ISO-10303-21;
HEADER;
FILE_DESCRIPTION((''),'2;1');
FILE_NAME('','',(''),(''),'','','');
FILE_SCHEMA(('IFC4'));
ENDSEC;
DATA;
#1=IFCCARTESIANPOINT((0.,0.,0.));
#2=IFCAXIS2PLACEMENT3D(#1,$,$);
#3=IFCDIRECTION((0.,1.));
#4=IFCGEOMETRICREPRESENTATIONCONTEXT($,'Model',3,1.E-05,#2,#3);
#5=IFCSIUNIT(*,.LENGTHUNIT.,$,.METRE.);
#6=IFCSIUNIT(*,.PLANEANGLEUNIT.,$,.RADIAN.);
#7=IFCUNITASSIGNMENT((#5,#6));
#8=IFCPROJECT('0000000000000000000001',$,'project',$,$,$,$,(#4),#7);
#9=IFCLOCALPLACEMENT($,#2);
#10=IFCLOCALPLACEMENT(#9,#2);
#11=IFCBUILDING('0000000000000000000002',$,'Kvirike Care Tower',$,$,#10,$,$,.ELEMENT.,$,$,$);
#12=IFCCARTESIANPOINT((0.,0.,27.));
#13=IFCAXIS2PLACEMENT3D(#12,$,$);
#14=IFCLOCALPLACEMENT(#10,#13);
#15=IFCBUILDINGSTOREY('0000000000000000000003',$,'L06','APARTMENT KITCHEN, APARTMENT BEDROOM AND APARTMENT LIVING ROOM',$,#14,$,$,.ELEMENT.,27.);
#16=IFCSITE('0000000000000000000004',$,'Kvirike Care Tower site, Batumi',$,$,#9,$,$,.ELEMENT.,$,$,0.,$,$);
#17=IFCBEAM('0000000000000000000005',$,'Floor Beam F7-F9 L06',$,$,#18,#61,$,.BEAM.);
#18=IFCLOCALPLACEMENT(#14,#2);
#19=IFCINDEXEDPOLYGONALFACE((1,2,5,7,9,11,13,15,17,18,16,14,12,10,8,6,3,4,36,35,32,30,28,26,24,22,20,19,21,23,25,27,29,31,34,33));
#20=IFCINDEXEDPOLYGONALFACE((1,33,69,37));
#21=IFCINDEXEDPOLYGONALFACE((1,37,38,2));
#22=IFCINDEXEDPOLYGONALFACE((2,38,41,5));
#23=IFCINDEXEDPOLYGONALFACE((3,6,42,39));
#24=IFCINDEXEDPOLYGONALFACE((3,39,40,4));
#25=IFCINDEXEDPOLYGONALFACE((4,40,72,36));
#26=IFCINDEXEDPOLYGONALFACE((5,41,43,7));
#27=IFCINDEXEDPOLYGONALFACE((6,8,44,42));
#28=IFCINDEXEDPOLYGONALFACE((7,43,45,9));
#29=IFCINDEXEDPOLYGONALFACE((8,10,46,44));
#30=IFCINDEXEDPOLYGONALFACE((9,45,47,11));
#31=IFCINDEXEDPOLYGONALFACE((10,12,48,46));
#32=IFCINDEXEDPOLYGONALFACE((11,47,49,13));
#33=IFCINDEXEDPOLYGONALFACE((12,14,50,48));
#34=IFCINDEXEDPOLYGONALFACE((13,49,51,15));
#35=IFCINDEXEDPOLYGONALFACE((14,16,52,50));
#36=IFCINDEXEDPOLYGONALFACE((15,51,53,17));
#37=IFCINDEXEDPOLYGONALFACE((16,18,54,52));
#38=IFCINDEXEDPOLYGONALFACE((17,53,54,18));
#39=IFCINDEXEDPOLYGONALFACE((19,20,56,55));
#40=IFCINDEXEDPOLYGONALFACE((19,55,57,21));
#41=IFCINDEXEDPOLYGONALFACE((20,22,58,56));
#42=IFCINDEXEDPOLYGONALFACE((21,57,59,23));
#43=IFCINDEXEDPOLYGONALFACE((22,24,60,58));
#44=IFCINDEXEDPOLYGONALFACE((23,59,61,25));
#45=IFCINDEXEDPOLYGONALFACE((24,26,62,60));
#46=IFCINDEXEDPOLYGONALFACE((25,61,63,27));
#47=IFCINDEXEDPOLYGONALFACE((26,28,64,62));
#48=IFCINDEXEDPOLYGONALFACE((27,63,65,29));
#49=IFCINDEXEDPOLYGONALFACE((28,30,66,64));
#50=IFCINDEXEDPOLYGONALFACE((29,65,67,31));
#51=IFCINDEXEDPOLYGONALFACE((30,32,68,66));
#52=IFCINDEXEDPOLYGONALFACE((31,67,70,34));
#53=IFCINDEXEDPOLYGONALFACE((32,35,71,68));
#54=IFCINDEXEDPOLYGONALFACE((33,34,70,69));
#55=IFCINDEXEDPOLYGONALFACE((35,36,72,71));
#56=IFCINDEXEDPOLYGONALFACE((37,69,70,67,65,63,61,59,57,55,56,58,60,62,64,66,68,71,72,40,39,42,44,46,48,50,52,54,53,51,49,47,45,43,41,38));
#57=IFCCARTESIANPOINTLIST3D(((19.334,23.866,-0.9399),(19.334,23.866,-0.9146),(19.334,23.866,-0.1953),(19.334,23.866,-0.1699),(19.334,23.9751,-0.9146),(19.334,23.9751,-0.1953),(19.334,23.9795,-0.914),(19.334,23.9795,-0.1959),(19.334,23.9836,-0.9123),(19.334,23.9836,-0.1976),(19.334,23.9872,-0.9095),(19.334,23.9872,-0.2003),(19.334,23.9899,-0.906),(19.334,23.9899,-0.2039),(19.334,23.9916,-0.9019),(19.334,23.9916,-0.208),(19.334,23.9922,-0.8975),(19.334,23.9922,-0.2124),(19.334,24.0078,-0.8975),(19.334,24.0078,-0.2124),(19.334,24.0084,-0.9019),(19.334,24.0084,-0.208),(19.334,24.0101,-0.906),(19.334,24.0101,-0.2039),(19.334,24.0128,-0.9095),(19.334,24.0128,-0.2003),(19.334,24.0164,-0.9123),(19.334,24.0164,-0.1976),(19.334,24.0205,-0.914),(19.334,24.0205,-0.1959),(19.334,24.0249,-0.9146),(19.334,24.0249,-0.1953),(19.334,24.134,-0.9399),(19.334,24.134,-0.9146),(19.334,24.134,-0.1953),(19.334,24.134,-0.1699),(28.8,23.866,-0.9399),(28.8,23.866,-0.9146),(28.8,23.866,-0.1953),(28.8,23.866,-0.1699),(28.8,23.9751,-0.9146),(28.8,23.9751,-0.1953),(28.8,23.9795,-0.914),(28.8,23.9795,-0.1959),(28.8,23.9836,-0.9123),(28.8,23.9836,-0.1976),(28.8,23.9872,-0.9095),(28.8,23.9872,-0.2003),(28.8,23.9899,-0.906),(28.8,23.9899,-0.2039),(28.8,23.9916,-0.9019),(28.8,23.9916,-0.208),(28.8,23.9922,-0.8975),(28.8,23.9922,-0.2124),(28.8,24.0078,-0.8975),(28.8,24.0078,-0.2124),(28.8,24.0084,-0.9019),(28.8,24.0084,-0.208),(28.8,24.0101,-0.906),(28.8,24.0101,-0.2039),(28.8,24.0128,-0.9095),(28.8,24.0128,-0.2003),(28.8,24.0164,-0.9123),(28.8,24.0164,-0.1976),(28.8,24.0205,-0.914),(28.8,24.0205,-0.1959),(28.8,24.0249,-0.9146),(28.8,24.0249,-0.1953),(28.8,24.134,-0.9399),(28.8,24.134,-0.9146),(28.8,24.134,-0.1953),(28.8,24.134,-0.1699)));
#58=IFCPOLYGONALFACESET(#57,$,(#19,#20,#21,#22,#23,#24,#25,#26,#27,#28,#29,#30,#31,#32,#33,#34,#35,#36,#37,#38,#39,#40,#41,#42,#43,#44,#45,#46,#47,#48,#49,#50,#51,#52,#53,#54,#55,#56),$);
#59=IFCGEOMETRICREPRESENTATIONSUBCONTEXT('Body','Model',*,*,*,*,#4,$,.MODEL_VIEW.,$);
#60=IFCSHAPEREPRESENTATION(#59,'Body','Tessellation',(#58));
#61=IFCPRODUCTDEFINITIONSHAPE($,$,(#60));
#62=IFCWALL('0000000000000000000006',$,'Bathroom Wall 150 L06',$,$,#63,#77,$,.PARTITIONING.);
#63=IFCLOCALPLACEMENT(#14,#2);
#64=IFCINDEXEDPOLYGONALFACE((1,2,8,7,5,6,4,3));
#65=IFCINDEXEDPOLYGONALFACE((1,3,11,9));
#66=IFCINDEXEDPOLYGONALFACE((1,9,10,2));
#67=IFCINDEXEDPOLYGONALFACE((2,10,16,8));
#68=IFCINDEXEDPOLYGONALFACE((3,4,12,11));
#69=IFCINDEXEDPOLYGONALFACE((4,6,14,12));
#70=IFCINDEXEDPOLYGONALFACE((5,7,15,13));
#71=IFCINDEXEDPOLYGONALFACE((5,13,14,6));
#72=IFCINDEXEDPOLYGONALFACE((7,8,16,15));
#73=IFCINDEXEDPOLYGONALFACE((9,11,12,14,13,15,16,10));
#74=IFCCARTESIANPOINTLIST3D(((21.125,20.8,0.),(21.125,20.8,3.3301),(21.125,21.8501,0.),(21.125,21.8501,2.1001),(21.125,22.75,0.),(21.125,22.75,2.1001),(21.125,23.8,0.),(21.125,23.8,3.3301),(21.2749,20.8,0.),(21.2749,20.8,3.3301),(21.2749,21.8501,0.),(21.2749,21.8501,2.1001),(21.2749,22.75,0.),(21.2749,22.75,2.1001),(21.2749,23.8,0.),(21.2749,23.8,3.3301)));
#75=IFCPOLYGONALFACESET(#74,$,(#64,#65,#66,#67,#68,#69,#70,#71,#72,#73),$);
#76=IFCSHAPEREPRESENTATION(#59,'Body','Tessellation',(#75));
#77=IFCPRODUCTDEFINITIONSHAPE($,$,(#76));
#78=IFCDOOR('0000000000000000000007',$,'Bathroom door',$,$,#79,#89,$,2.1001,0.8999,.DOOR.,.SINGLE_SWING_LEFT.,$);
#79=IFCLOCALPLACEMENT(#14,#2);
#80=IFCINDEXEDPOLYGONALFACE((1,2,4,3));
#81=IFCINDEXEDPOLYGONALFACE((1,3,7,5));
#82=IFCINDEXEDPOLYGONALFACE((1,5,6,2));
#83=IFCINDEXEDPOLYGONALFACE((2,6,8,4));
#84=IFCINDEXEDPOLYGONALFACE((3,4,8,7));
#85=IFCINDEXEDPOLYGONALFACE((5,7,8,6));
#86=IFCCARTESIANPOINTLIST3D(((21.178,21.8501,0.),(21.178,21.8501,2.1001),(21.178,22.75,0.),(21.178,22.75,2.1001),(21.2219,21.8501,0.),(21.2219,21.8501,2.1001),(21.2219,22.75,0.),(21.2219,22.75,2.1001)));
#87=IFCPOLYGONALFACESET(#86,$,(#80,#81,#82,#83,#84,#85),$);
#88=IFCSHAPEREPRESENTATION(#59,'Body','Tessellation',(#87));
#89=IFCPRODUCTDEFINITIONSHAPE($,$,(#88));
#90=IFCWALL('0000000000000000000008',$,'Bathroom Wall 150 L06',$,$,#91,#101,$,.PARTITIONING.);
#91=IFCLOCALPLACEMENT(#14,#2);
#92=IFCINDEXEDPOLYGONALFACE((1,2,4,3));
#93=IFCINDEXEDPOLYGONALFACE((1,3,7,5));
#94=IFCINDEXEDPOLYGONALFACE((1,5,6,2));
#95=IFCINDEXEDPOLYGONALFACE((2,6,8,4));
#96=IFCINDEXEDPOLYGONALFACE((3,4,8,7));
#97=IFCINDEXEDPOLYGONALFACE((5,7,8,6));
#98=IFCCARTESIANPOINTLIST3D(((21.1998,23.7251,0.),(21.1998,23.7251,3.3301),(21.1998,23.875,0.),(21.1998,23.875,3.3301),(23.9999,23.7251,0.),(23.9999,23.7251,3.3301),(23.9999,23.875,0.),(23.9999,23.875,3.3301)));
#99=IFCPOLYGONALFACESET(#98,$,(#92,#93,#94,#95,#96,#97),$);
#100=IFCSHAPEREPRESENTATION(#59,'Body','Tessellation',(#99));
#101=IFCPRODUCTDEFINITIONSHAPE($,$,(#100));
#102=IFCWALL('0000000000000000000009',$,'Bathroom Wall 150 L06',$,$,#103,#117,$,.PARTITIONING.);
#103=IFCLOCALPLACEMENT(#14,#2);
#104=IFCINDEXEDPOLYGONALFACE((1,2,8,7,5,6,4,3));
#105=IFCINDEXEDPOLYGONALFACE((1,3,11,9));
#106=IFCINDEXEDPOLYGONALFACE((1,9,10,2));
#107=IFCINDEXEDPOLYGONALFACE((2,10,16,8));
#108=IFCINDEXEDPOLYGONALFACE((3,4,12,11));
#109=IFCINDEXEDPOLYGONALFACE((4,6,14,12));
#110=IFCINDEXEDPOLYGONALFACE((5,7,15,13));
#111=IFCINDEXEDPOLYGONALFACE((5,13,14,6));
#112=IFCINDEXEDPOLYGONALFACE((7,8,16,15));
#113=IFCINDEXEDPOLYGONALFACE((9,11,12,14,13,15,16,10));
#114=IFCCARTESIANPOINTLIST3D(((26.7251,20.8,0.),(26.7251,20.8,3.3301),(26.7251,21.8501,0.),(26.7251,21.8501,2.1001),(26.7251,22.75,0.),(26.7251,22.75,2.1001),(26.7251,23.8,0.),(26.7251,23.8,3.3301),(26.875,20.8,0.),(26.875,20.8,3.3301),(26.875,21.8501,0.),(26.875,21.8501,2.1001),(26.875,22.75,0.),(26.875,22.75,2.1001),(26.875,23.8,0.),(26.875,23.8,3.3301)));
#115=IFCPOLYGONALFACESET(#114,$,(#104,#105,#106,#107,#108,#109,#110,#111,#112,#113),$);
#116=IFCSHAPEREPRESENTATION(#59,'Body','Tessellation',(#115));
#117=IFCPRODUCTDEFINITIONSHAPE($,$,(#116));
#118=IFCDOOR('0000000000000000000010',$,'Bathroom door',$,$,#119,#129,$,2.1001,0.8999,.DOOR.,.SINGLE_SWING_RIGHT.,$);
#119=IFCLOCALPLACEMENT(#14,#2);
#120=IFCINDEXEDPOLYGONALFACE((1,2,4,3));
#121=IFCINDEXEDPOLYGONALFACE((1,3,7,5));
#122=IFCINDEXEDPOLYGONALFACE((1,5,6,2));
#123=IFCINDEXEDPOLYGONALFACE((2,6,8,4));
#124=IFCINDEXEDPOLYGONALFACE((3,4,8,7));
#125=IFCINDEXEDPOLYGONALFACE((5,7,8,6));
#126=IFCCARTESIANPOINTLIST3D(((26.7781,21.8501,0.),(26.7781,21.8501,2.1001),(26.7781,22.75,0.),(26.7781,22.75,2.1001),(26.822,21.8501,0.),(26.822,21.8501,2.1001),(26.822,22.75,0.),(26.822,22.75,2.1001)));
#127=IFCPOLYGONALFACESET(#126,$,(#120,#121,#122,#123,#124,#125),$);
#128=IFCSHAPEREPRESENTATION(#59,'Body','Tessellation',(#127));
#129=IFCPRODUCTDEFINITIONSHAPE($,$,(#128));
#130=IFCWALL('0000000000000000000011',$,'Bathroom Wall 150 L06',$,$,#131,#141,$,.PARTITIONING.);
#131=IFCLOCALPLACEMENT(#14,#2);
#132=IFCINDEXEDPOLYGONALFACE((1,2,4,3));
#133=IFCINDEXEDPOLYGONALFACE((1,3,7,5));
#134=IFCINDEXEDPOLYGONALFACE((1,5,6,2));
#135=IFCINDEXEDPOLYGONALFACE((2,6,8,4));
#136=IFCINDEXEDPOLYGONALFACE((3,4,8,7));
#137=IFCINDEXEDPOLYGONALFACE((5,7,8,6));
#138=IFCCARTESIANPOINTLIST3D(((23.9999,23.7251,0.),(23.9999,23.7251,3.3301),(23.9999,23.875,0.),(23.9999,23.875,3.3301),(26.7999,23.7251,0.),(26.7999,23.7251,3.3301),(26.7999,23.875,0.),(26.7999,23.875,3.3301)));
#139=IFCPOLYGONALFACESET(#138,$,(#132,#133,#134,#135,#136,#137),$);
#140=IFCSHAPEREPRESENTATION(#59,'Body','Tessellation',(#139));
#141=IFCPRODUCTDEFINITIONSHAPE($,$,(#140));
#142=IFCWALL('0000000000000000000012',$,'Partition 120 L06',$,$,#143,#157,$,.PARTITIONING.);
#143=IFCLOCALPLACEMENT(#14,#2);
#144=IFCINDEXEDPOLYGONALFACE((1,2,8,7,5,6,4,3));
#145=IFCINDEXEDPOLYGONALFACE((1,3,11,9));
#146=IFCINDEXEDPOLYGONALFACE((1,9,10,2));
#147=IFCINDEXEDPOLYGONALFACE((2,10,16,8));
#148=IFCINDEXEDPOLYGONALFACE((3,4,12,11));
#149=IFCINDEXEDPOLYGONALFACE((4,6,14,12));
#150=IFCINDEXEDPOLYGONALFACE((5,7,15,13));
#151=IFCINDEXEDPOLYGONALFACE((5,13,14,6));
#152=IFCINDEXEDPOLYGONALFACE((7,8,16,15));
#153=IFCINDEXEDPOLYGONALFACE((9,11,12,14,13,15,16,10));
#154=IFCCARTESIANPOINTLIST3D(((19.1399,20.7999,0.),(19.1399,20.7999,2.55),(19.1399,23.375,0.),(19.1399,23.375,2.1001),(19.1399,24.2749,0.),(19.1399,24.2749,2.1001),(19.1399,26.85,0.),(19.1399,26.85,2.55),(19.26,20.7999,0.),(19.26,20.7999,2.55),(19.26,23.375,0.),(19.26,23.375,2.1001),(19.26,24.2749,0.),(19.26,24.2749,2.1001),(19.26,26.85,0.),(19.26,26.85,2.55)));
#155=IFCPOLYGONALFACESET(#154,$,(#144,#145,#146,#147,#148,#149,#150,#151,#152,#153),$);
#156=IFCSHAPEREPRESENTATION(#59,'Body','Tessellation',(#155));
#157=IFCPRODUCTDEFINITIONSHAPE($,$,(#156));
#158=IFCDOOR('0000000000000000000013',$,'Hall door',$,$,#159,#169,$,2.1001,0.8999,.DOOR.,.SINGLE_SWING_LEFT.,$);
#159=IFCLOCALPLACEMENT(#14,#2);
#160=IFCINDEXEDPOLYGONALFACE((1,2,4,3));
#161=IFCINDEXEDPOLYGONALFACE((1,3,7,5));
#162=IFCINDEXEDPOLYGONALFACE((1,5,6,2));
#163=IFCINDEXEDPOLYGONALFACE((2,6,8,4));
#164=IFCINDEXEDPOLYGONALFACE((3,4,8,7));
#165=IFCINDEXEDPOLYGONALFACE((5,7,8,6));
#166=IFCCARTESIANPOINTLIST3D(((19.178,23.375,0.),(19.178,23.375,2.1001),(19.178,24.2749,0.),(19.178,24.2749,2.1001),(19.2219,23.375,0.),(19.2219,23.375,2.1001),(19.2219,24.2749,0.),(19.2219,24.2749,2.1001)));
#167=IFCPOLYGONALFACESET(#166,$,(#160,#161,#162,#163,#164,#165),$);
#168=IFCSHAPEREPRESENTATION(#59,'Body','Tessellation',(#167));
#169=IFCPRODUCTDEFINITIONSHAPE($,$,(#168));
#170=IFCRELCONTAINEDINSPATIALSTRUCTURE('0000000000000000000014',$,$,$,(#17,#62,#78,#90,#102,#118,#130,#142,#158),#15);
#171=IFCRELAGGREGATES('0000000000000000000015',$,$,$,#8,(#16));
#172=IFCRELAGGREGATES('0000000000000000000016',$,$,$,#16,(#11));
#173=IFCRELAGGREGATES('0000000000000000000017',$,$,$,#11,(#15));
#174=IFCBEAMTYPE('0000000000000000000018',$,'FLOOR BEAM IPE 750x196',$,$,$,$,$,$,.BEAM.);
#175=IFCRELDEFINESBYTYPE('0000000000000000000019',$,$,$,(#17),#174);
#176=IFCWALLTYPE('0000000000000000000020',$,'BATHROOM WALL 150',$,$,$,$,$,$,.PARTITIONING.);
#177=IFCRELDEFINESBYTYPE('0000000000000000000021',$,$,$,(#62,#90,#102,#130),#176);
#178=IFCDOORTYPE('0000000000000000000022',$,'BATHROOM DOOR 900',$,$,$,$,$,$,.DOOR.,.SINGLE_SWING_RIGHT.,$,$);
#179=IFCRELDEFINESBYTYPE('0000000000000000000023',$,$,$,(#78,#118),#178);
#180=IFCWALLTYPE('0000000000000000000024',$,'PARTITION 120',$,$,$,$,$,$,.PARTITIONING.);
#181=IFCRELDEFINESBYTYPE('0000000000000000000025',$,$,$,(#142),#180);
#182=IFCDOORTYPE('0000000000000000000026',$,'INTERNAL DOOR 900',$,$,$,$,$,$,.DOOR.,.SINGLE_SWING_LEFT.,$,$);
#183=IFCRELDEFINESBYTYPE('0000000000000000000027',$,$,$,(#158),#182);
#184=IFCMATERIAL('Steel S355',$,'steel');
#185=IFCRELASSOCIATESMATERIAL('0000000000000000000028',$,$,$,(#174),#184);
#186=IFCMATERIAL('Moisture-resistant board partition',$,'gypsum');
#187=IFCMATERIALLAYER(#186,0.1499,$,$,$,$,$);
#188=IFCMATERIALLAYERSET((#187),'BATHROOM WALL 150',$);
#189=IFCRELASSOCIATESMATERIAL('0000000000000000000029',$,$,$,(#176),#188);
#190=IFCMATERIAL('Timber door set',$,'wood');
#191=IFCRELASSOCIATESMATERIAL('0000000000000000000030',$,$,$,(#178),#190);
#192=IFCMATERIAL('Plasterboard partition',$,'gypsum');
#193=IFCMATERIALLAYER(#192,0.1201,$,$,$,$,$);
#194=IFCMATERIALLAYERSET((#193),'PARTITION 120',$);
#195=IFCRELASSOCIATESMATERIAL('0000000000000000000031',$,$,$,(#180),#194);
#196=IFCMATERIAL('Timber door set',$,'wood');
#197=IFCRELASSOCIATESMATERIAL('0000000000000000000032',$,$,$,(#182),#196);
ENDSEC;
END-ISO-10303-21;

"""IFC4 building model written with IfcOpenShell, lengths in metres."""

from ifc_helpers import new_model, si_unit, direction, frame, frame_2d, origin, origin_2d, place, context, subcontext, project, spatial, rectangle, i_section, extrude, material, layer, layer_set, material_profile, profile_set, type_object, element, fill, save


model = new_model("IFC4")

# Units and contexts
model_context = context("Model", 3, precision=1e-05, world=origin(), true_north=direction((0.0, 1.0)))
body_context = subcontext(model_context, "Body", "Model", "MODEL_VIEW")
ifc_project = project(units=[si_unit("LENGTHUNIT", "METRE"), si_unit("PLANEANGLEUNIT", "RADIAN")], contexts=[model_context])

# Site, building, storey
site_placement = place(None, origin())
site = spatial("IfcSite", under=ifc_project, at=site_placement, Name="Kvirike Care Tower site, Batumi", CompositionType="ELEMENT", RefElevation=0.0)
building_placement = place(site_placement, origin())
building = spatial("IfcBuilding", under=site, at=building_placement, Name="Kvirike Care Tower", CompositionType="ELEMENT")
storey_placement = place(building_placement, frame((0.0, 0.0, 27.0)))
storey = spatial("IfcBuildingStorey", under=building, at=storey_placement, Name="L06", Description="APARTMENT KITCHEN, APARTMENT BEDROOM AND APARTMENT LIVING ROOM", CompositionType="ELEMENT", Elevation=27.0)

# Beam
ifc_material_1 = material(Name="Steel S355", Category="steel")
ifc_material_profile = material_profile(ifc_material_1, i_section(OverallWidth=0.2681, OverallDepth=0.77, WebThickness=0.0156, FlangeThickness=0.0254, FilletRadius=0.0171, at=origin_2d()), Name="IPE 750x196")
ifc_profile_set = profile_set([ifc_material_profile], Name="Steel S355")
beam_type = type_object("IfcBeamType", Name="FLOOR BEAM IPE 750x196", PredefinedType="BEAM", material=ifc_profile_set)
beam_placement = place(storey_placement, frame((19.334, 24.0, -0.5549), z_axis=(1.0, 0.0, 0.0), x_axis=(0.0, 1.0, 0.0)))
element("IfcBeam", 1, at=beam_placement, inside=storey, type_object=beam_type, Name="Floor Beam F7-F9 L06", PredefinedType="BEAM", context=body_context, shape_type="SweptSolid", body=[
    extrude(i_section(OverallWidth=0.2681, OverallDepth=0.77, WebThickness=0.0156, FlangeThickness=0.0254, FilletRadius=0.0171, at=origin_2d()), origin(), (0.0, 0.0, 1.0), 9.4661),
])

# Wall, opening, door
ifc_material_2 = material(Name="Moisture-resistant board partition", Category="gypsum")
ifc_layer_1 = layer(ifc_material_2, 0.1499)
ifc_layer_set_1 = layer_set([ifc_layer_1], Name="BATHROOM WALL 150")
wall_type_1 = type_object("IfcWallType", Name="BATHROOM WALL 150", PredefinedType="PARTITIONING", material=ifc_layer_set_1)
wall_1_placement = place(storey_placement, frame((21.2, 20.8, 0.0), z_axis=(0.0, 0.0, 1.0), x_axis=(0.0, 1.0, 0.0)))
wall_1 = element("IfcWall", 2, at=wall_1_placement, inside=storey, type_object=wall_type_1, Name="Bathroom Wall 150 L06", PredefinedType="PARTITIONING", context=body_context, shape_type="SweptSolid", body=[
    extrude(rectangle(XDim=3.0, YDim=0.1499, at=frame_2d((1.5, 0.0))), origin(), (0.0, 0.0, 1.0), 3.3301),
])
opening_1_placement = place(wall_1_placement, frame((1.05, 0.0, 0.0)))
opening_1 = element("IfcOpeningElement", 3, at=opening_1_placement, cuts=wall_1, PredefinedType="OPENING", context=body_context, shape_type="SweptSolid", body=[
    extrude(rectangle(XDim=0.8999, YDim=2.1001, at=frame_2d((0.45, 1.05))), frame((0.0, 0.0854, 0.0), z_axis=(0.0, -1.0, 0.0), x_axis=(1.0, 0.0, 0.0)), (0.0, 0.0, 1.0), 0.1709),
])
ifc_material_3 = material(Name="Timber door set", Category="wood")
door_type_1 = type_object("IfcDoorType", Name="BATHROOM DOOR 900", OperationType="SINGLE_SWING_RIGHT", PredefinedType="DOOR", material=ifc_material_3)
door_1_placement = place(opening_1_placement, frame((0.8999, 0.0, 0.0), z_axis=(0.0, 0.0, 1.0), x_axis=(-1.0, 0.0, 0.0)))
door_1 = element("IfcDoor", 4, at=door_1_placement, inside=storey, type_object=door_type_1, Name="Bathroom door", OperationType="SINGLE_SWING_LEFT", OverallHeight=2.1001, OverallWidth=0.8999, PredefinedType="DOOR", context=body_context, shape_type="SweptSolid", body=[
    extrude(rectangle(XDim=0.8999, YDim=2.1001, at=frame_2d((0.45, 1.05))), frame((0.0, 0.022, 0.0), z_axis=(0.0, -1.0, 0.0), x_axis=(1.0, 0.0, 0.0)), (0.0, 0.0, 1.0), 0.0439),
])
fill(opening_1, door_1)

# Wall
wall_2_placement = place(storey_placement, frame((21.2, 23.8, 0.0), z_axis=(0.0, 0.0, 1.0), x_axis=(1.0, 0.0, 0.0)))
element("IfcWall", 5, at=wall_2_placement, inside=storey, type_object=wall_type_1, Name="Bathroom Wall 150 L06", PredefinedType="PARTITIONING", context=body_context, shape_type="SweptSolid", body=[
    extrude(rectangle(XDim=2.8, YDim=0.1499, at=frame_2d((1.3999, 0.0))), origin(), (0.0, 0.0, 1.0), 3.3301),
])

# Wall, opening, door
wall_3_placement = place(storey_placement, frame((26.8, 20.8, 0.0), z_axis=(0.0, 0.0, 1.0), x_axis=(0.0, 1.0, 0.0)))
wall_3 = element("IfcWall", 6, at=wall_3_placement, inside=storey, type_object=wall_type_1, Name="Bathroom Wall 150 L06", PredefinedType="PARTITIONING", context=body_context, shape_type="SweptSolid", body=[
    extrude(rectangle(XDim=3.0, YDim=0.1499, at=frame_2d((1.5, 0.0))), origin(), (0.0, 0.0, 1.0), 3.3301),
])
opening_2_placement = place(wall_3_placement, frame((1.05, 0.0, 0.0)))
opening_2 = element("IfcOpeningElement", 7, at=opening_2_placement, cuts=wall_3, PredefinedType="OPENING", context=body_context, shape_type="SweptSolid", body=[
    extrude(rectangle(XDim=0.8999, YDim=2.1001, at=frame_2d((0.45, 1.05))), frame((0.0, 0.0854, 0.0), z_axis=(0.0, -1.0, 0.0), x_axis=(1.0, 0.0, 0.0)), (0.0, 0.0, 1.0), 0.1709),
])
door_2_placement = place(opening_2_placement, origin())
door_2 = element("IfcDoor", 8, at=door_2_placement, inside=storey, type_object=door_type_1, Name="Bathroom door", OperationType="SINGLE_SWING_RIGHT", OverallHeight=2.1001, OverallWidth=0.8999, PredefinedType="DOOR", context=body_context, shape_type="SweptSolid", body=[
    extrude(rectangle(XDim=0.8999, YDim=2.1001, at=frame_2d((0.45, 1.05))), frame((0.0, 0.022, 0.0), z_axis=(0.0, -1.0, 0.0), x_axis=(1.0, 0.0, 0.0)), (0.0, 0.0, 1.0), 0.0439),
])
fill(opening_2, door_2)

# Wall
wall_4_placement = place(storey_placement, frame((24.0, 23.8, 0.0), z_axis=(0.0, 0.0, 1.0), x_axis=(1.0, 0.0, 0.0)))
element("IfcWall", 9, at=wall_4_placement, inside=storey, type_object=wall_type_1, Name="Bathroom Wall 150 L06", PredefinedType="PARTITIONING", context=body_context, shape_type="SweptSolid", body=[
    extrude(rectangle(XDim=2.8, YDim=0.1499, at=frame_2d((1.3999, 0.0))), origin(), (0.0, 0.0, 1.0), 3.3301),
])

# Wall, opening, door
ifc_material_4 = material(Name="Plasterboard partition", Category="gypsum")
ifc_layer_2 = layer(ifc_material_4, 0.1201)
ifc_layer_set_2 = layer_set([ifc_layer_2], Name="PARTITION 120")
wall_type_2 = type_object("IfcWallType", Name="PARTITION 120", PredefinedType="PARTITIONING", material=ifc_layer_set_2)
wall_5_placement = place(storey_placement, frame((19.2, 20.8, 0.0), z_axis=(0.0, 0.0, 1.0), x_axis=(0.0, 1.0, 0.0)))
wall_5 = element("IfcWall", 10, at=wall_5_placement, inside=storey, type_object=wall_type_2, Name="Partition 120 L06", PredefinedType="PARTITIONING", context=body_context, shape_type="SweptSolid", body=[
    extrude(rectangle(XDim=6.05, YDim=0.1201, at=frame_2d((3.0249, 0.0))), origin(), (0.0, 0.0, 1.0), 2.55),
])
opening_3_placement = place(wall_5_placement, frame((2.575, 0.0, 0.0)))
opening_3 = element("IfcOpeningElement", 11, at=opening_3_placement, cuts=wall_5, PredefinedType="OPENING", context=body_context, shape_type="SweptSolid", body=[
    extrude(rectangle(XDim=0.8999, YDim=2.1001, at=frame_2d((0.45, 1.05))), frame((0.0, 0.0706, 0.0), z_axis=(0.0, -1.0, 0.0), x_axis=(1.0, 0.0, 0.0)), (0.0, 0.0, 1.0), 0.1411),
])
ifc_material_5 = material(Name="Timber door set", Category="wood")
door_type_2 = type_object("IfcDoorType", Name="INTERNAL DOOR 900", OperationType="SINGLE_SWING_LEFT", PredefinedType="DOOR", material=ifc_material_5)
door_3_placement = place(opening_3_placement, origin())
door_3 = element("IfcDoor", 12, at=door_3_placement, inside=storey, type_object=door_type_2, Name="Hall door", OperationType="SINGLE_SWING_LEFT", OverallHeight=2.1001, OverallWidth=0.8999, PredefinedType="DOOR", context=body_context, shape_type="SweptSolid", body=[
    extrude(rectangle(XDim=0.8999, YDim=2.1001, at=frame_2d((0.45, 1.05))), frame((0.0, 0.022, 0.0), z_axis=(0.0, -1.0, 0.0), x_axis=(1.0, 0.0, 0.0)), (0.0, 0.0, 1.0), 0.0439),
])
fill(opening_3, door_3)

save(model, "model.ifc")
